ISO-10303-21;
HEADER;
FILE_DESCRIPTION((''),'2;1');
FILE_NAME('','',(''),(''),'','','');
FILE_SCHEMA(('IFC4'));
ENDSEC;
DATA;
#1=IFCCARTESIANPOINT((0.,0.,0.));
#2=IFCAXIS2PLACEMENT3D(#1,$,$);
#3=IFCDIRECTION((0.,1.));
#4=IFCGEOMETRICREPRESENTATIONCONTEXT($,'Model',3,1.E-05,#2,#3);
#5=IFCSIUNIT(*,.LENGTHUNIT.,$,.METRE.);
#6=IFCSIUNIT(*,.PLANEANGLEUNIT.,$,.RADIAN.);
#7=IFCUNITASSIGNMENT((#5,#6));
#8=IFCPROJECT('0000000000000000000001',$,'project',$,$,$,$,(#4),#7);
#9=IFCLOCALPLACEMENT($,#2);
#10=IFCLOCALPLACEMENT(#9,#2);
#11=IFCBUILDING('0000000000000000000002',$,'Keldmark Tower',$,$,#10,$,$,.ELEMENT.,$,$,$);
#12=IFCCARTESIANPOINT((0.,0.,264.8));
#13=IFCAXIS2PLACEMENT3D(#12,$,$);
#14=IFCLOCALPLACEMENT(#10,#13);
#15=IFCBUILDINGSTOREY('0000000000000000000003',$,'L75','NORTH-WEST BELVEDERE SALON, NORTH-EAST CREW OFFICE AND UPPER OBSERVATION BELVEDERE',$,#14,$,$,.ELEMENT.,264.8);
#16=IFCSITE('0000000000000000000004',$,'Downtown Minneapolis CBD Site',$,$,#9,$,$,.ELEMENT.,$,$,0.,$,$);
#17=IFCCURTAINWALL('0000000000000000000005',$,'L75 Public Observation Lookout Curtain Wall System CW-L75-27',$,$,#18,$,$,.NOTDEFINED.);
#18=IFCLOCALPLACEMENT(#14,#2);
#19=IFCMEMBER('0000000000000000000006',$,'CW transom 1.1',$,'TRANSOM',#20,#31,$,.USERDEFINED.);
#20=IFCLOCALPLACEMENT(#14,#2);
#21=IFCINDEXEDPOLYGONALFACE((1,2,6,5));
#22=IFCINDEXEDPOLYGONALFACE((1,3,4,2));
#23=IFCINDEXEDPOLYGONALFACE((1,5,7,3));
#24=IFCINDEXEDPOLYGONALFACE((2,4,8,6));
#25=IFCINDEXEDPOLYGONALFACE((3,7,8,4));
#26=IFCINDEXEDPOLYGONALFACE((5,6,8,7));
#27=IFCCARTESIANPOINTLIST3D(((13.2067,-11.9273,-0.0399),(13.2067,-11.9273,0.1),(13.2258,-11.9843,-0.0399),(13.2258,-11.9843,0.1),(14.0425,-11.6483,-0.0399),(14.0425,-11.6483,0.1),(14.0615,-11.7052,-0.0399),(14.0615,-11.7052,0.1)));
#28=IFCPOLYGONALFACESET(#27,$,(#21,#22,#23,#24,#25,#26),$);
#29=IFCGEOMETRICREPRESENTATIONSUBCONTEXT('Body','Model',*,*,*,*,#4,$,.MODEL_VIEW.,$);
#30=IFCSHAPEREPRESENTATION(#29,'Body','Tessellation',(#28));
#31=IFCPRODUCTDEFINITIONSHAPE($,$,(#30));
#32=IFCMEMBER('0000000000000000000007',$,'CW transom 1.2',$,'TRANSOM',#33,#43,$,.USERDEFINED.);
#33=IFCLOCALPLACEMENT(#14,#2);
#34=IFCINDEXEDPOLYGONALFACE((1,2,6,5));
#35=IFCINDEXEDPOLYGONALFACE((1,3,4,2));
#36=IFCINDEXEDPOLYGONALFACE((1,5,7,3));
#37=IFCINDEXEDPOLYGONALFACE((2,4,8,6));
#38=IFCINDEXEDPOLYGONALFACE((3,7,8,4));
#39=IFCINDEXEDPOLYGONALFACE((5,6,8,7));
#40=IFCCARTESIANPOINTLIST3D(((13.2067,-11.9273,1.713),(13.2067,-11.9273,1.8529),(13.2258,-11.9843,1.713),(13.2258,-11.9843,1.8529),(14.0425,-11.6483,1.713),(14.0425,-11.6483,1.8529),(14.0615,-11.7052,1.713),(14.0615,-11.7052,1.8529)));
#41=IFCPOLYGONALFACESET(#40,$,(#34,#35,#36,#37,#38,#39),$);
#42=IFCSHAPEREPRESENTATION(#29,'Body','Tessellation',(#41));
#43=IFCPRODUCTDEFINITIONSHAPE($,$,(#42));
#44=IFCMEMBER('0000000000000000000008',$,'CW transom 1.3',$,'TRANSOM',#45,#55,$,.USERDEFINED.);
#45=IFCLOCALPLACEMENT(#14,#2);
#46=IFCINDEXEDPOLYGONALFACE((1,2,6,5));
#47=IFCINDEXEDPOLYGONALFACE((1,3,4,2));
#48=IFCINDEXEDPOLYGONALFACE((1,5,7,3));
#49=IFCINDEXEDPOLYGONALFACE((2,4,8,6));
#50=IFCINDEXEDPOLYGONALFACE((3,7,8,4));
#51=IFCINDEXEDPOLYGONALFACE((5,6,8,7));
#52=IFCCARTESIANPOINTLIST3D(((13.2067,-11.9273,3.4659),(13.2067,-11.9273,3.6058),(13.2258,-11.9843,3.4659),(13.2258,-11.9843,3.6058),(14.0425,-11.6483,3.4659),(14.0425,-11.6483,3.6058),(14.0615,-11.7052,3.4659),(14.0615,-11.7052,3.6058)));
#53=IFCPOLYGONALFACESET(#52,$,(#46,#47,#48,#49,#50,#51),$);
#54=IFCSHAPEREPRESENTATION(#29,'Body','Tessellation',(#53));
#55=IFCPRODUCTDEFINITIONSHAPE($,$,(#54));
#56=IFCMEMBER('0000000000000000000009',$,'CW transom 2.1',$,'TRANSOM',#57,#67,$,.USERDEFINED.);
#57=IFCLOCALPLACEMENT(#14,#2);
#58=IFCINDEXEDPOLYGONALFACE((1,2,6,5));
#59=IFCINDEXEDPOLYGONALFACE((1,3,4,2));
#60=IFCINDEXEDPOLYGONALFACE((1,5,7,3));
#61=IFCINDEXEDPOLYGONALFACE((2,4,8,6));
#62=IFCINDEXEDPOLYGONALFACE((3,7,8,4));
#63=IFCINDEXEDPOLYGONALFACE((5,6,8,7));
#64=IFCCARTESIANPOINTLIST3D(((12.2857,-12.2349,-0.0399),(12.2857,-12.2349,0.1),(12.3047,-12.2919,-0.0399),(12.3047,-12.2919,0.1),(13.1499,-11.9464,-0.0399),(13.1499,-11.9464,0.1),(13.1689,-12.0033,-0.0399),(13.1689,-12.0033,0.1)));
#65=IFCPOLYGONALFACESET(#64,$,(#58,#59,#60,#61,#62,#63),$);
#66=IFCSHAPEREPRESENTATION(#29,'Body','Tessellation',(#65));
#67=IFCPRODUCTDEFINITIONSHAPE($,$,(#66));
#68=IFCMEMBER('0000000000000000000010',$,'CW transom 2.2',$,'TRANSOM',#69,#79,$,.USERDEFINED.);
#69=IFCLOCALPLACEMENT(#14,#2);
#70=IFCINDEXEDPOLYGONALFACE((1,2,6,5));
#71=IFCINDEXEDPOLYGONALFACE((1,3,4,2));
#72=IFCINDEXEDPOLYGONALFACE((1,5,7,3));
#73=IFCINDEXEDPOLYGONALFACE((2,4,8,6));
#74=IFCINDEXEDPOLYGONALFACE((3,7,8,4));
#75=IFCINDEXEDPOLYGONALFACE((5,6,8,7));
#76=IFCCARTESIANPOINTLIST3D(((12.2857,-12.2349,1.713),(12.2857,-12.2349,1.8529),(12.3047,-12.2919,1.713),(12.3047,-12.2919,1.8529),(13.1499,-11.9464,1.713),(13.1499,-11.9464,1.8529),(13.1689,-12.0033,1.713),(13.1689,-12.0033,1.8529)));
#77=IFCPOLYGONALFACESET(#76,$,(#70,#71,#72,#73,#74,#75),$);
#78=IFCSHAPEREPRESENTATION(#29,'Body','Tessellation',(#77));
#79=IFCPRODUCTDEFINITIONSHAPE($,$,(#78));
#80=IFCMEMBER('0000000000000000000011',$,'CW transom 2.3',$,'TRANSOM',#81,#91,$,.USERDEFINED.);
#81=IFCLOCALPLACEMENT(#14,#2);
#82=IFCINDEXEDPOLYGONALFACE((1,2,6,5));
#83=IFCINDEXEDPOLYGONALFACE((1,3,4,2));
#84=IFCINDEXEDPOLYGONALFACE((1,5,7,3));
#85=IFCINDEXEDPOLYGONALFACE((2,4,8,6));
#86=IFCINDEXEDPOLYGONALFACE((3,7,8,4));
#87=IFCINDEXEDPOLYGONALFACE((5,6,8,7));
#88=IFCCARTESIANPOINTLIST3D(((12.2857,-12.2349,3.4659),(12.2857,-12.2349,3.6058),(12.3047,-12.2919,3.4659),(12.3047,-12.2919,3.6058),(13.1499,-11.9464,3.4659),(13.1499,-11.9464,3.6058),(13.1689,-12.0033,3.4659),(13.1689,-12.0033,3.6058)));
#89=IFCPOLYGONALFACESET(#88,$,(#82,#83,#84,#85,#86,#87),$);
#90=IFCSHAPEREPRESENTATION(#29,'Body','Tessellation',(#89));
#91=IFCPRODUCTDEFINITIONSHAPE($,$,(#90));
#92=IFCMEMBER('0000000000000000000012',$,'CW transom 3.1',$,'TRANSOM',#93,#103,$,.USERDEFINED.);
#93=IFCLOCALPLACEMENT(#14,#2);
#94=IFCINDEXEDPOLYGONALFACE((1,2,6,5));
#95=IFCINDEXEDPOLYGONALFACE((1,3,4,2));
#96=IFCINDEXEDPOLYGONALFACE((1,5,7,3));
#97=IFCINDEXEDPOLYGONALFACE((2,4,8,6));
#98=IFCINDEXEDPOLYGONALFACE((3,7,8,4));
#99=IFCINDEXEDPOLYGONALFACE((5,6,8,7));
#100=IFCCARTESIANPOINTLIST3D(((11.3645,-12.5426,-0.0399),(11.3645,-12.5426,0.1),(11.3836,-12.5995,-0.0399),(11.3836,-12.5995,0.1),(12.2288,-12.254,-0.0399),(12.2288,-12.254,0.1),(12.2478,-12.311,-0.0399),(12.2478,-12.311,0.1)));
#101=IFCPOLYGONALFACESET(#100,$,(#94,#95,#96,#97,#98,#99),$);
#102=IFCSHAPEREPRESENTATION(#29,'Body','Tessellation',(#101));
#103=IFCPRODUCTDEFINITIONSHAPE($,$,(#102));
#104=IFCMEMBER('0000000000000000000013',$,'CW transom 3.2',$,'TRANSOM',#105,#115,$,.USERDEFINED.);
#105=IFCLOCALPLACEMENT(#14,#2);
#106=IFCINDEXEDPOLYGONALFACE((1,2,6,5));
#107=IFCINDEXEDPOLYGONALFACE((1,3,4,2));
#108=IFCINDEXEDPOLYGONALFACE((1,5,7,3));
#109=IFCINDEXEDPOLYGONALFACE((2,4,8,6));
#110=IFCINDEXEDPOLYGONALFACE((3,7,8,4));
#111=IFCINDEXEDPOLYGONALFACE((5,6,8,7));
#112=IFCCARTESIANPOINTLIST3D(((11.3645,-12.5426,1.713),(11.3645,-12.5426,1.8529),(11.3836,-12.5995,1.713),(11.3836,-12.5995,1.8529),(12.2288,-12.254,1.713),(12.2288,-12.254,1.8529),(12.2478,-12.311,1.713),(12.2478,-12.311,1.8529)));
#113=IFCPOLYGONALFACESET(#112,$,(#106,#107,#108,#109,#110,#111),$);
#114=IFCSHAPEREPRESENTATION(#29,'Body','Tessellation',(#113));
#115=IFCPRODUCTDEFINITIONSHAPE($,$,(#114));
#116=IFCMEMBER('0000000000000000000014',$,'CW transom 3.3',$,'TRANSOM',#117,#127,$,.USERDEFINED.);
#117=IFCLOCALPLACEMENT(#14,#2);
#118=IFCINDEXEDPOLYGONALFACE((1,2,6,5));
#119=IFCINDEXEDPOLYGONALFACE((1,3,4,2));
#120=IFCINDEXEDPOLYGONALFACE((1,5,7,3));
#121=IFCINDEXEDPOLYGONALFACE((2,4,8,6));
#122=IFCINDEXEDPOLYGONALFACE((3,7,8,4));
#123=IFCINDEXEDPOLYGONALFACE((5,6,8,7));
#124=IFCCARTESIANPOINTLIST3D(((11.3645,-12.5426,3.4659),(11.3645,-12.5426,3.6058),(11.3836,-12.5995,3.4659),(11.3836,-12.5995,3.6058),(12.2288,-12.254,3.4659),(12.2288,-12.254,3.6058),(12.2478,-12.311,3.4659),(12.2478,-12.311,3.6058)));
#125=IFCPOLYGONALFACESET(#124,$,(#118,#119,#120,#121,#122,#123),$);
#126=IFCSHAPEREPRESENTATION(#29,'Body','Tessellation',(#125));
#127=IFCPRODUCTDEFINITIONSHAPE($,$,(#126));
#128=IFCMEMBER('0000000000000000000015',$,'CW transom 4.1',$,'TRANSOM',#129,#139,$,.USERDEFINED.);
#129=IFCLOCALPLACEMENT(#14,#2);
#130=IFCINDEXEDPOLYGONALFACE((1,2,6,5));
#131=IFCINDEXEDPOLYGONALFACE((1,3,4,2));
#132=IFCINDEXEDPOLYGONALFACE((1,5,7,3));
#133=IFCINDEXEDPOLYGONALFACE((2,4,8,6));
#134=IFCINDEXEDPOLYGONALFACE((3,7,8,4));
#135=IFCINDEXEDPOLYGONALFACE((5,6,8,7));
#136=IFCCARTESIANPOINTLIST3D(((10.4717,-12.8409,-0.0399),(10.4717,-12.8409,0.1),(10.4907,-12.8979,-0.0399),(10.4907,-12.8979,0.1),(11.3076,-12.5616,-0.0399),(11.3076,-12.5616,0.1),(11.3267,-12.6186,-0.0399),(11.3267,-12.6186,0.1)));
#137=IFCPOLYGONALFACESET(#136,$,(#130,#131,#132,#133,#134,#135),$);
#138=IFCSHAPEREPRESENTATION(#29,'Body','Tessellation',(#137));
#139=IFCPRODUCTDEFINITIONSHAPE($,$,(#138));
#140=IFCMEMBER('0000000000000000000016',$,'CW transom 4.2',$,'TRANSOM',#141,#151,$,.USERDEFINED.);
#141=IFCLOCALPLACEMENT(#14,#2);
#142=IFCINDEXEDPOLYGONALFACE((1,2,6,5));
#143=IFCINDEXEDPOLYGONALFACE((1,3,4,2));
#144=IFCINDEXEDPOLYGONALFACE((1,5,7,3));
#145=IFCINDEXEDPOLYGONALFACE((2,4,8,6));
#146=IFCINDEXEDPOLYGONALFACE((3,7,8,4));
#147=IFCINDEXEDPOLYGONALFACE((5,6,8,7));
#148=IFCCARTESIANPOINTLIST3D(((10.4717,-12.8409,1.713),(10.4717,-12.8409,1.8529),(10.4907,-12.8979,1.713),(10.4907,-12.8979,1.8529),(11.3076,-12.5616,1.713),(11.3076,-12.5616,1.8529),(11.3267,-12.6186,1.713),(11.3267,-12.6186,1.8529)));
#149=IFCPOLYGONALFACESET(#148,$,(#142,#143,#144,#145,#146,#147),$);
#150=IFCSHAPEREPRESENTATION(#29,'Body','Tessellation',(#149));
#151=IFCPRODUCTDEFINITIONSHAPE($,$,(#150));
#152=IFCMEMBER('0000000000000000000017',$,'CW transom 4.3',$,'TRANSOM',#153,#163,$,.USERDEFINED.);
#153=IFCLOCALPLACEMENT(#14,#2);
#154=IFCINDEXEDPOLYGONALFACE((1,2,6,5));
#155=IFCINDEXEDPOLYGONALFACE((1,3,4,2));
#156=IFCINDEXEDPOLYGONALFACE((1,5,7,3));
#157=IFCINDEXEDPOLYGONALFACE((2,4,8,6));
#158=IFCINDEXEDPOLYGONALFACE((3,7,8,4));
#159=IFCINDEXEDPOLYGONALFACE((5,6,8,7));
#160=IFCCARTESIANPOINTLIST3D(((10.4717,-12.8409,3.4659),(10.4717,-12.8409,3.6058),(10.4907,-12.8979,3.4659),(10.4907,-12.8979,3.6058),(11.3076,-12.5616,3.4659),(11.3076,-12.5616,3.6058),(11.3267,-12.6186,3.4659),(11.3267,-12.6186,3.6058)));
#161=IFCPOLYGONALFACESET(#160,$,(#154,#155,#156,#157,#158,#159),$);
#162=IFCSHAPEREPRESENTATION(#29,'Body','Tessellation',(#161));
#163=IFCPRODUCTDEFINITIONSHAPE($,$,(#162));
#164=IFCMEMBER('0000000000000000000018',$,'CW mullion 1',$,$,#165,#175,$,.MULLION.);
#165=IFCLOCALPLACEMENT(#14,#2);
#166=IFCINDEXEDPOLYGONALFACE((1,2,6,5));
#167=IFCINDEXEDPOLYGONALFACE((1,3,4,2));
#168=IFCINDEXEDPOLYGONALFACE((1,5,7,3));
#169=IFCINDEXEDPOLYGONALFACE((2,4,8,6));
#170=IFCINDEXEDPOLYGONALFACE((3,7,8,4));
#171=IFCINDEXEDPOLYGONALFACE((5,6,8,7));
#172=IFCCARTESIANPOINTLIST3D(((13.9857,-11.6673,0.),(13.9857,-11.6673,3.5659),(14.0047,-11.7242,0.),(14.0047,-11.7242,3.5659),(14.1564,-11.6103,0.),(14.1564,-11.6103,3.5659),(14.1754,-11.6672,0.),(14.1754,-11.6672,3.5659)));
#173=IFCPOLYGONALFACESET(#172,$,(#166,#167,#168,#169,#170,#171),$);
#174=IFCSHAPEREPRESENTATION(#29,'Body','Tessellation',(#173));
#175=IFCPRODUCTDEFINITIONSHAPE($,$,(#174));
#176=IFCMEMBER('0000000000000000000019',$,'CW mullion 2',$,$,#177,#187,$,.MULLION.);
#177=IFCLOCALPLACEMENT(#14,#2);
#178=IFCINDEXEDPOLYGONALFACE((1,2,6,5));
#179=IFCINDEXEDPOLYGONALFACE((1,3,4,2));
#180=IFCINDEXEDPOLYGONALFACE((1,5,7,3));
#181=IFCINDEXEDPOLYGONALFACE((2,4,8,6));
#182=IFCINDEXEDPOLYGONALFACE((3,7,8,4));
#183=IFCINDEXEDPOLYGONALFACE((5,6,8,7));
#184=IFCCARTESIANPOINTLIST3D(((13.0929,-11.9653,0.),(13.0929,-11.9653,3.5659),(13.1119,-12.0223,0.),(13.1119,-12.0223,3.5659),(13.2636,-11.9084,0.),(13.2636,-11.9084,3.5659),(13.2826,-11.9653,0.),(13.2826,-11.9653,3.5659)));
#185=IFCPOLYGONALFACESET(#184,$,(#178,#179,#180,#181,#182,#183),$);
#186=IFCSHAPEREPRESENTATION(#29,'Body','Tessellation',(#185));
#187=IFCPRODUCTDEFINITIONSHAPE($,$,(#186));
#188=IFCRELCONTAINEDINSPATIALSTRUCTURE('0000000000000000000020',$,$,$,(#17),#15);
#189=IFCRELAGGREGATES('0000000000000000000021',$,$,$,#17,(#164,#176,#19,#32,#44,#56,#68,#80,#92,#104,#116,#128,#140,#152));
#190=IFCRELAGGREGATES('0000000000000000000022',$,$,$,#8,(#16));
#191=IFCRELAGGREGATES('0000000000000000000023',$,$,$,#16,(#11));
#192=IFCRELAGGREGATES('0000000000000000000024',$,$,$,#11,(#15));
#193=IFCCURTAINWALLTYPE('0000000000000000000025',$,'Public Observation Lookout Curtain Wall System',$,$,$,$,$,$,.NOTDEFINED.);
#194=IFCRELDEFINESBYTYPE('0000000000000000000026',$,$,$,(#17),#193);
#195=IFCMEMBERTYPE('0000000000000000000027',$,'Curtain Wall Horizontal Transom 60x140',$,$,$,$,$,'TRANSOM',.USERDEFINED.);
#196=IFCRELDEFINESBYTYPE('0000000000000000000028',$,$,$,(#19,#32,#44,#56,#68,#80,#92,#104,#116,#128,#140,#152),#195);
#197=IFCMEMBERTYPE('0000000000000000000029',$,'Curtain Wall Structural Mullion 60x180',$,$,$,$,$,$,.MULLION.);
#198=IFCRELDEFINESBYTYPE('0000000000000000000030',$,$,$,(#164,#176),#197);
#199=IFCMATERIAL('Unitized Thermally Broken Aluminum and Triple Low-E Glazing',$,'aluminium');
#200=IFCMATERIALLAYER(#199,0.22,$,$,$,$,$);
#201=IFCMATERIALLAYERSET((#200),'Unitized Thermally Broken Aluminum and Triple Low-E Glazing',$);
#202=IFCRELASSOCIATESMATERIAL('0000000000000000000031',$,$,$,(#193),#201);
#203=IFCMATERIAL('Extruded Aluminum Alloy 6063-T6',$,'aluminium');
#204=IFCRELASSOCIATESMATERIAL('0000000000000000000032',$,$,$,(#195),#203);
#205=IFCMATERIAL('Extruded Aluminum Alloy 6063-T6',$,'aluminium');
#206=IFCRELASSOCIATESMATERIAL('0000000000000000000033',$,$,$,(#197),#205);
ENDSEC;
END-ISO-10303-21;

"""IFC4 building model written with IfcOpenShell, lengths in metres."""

from ifc_helpers import new_model, si_unit, direction, frame, origin, origin_2d, place, context, subcontext, project, spatial, rectangle, extrude, material, layer, layer_set, material_profile, profile_set, type_object, element, aggregate, save


model = new_model("IFC4")

# Units and contexts
model_context = context("Model", 3, precision=1e-05, world=origin(), true_north=direction((0.0, 1.0)))
body_context = subcontext(model_context, "Body", "Model", "MODEL_VIEW")
ifc_project = project(units=[si_unit("LENGTHUNIT", "METRE"), si_unit("PLANEANGLEUNIT", "RADIAN")], contexts=[model_context])

# Site, building, storey
site_placement = place(None, origin())
site = spatial("IfcSite", under=ifc_project, at=site_placement, Name="Downtown Minneapolis CBD Site", CompositionType="ELEMENT", RefElevation=0.0)
building_placement = place(site_placement, origin())
building = spatial("IfcBuilding", under=site, at=building_placement, Name="Keldmark Tower", CompositionType="ELEMENT")
storey_placement = place(building_placement, frame((0.0, 0.0, 264.8)))
storey = spatial("IfcBuildingStorey", under=building, at=storey_placement, Name="L75", Description="NORTH-WEST BELVEDERE SALON, NORTH-EAST CREW OFFICE AND UPPER OBSERVATION BELVEDERE", CompositionType="ELEMENT", Elevation=264.8)

# Curtain wall, members
ifc_material_1 = material(Name="Unitized Thermally Broken Aluminum and Triple Low-E Glazing", Category="aluminium")
ifc_layer_1 = layer(ifc_material_1, 0.22)
ifc_layer_set_1 = layer_set([ifc_layer_1], Name="Unitized Thermally Broken Aluminum and Triple Low-E Glazing")
curtain_wall_type = type_object("IfcCurtainWallType", Name="Public Observation Lookout Curtain Wall System", PredefinedType="NOTDEFINED", material=ifc_layer_set_1)
curtain_wall_placement = place(storey_placement, origin())
curtain_wall = element("IfcCurtainWall", 1, at=curtain_wall_placement, inside=storey, type_object=curtain_wall_type, Name="L75 Public Observation Lookout Curtain Wall System CW-L75-27", PredefinedType="NOTDEFINED")
ifc_material_2 = material(Name="Extruded Aluminum Alloy 6063-T6", Category="aluminium")
ifc_material_profile_1 = material_profile(ifc_material_2, rectangle(XDim=0.0601, YDim=0.1399, at=origin_2d()), Name="CWT60X140")
ifc_profile_set_1 = profile_set([ifc_material_profile_1], Name="Extruded Aluminum Alloy 6063-T6")
member_type_1 = type_object("IfcMemberType", Name="Curtain Wall Horizontal Transom 60x140", ElementType="TRANSOM", PredefinedType="USERDEFINED", material=ifc_profile_set_1)
member_1_placement = place(storey_placement, frame((14.052, -11.6768, 0.03), z_axis=(-0.948517, -0.316727, 0.0), x_axis=(0.316727, -0.948517, 0.0)))
member_1 = element("IfcMember", 2, at=member_1_placement, type_object=member_type_1, Name="CW transom 1.1", ObjectType="TRANSOM", PredefinedType="USERDEFINED", context=body_context, shape_type="SweptSolid", body=[
    extrude(rectangle(XDim=0.0601, YDim=0.1399, at=origin_2d()), origin(), (0.0, 0.0, 1.0), 0.8811),
])
member_2_placement = place(storey_placement, frame((14.052, -11.6768, 1.783), z_axis=(-0.948517, -0.316727, 0.0), x_axis=(0.316727, -0.948517, 0.0)))
member_2 = element("IfcMember", 3, at=member_2_placement, type_object=member_type_1, Name="CW transom 1.2", ObjectType="TRANSOM", PredefinedType="USERDEFINED", context=body_context, shape_type="SweptSolid", body=[
    extrude(rectangle(XDim=0.0601, YDim=0.1399, at=origin_2d()), origin(), (0.0, 0.0, 1.0), 0.8811),
])
member_3_placement = place(storey_placement, frame((14.052, -11.6768, 3.5359), z_axis=(-0.948517, -0.316727, 0.0), x_axis=(0.316727, -0.948517, 0.0)))
member_3 = element("IfcMember", 4, at=member_3_placement, type_object=member_type_1, Name="CW transom 1.3", ObjectType="TRANSOM", PredefinedType="USERDEFINED", context=body_context, shape_type="SweptSolid", body=[
    extrude(rectangle(XDim=0.0601, YDim=0.1399, at=origin_2d()), origin(), (0.0, 0.0, 1.0), 0.8811),
])
member_4_placement = place(storey_placement, frame((13.1594, -11.9749, 0.03), z_axis=(-0.948522, -0.31671, 0.0), x_axis=(0.31671, -0.948522, 0.0)))
member_4 = element("IfcMember", 5, at=member_4_placement, type_object=member_type_1, Name="CW transom 2.1", ObjectType="TRANSOM", PredefinedType="USERDEFINED", context=body_context, shape_type="SweptSolid", body=[
    extrude(rectangle(XDim=0.0601, YDim=0.1399, at=origin_2d()), origin(), (0.0, 0.0, 1.0), 0.9111),
])
member_5_placement = place(storey_placement, frame((13.1594, -11.9749, 1.783), z_axis=(-0.948522, -0.31671, 0.0), x_axis=(0.31671, -0.948522, 0.0)))
member_5 = element("IfcMember", 6, at=member_5_placement, type_object=member_type_1, Name="CW transom 2.2", ObjectType="TRANSOM", PredefinedType="USERDEFINED", context=body_context, shape_type="SweptSolid", body=[
    extrude(rectangle(XDim=0.0601, YDim=0.1399, at=origin_2d()), origin(), (0.0, 0.0, 1.0), 0.9111),
])
member_6_placement = place(storey_placement, frame((13.1594, -11.9749, 3.5359), z_axis=(-0.948522, -0.31671, 0.0), x_axis=(0.31671, -0.948522, 0.0)))
member_6 = element("IfcMember", 7, at=member_6_placement, type_object=member_type_1, Name="CW transom 2.3", ObjectType="TRANSOM", PredefinedType="USERDEFINED", context=body_context, shape_type="SweptSolid", body=[
    extrude(rectangle(XDim=0.0601, YDim=0.1399, at=origin_2d()), origin(), (0.0, 0.0, 1.0), 0.9111),
])
member_7_placement = place(storey_placement, frame((12.2383, -12.2825, 0.03), z_axis=(-0.948522, -0.31671, 0.0), x_axis=(0.31671, -0.948522, 0.0)))
member_7 = element("IfcMember", 8, at=member_7_placement, type_object=member_type_1, Name="CW transom 3.1", ObjectType="TRANSOM", PredefinedType="USERDEFINED", context=body_context, shape_type="SweptSolid", body=[
    extrude(rectangle(XDim=0.0601, YDim=0.1399, at=origin_2d()), origin(), (0.0, 0.0, 1.0), 0.9111),
])
member_8_placement = place(storey_placement, frame((12.2383, -12.2825, 1.783), z_axis=(-0.948522, -0.31671, 0.0), x_axis=(0.31671, -0.948522, 0.0)))
member_8 = element("IfcMember", 9, at=member_8_placement, type_object=member_type_1, Name="CW transom 3.2", ObjectType="TRANSOM", PredefinedType="USERDEFINED", context=body_context, shape_type="SweptSolid", body=[
    extrude(rectangle(XDim=0.0601, YDim=0.1399, at=origin_2d()), origin(), (0.0, 0.0, 1.0), 0.9111),
])
member_9_placement = place(storey_placement, frame((12.2383, -12.2825, 3.5359), z_axis=(-0.948522, -0.31671, 0.0), x_axis=(0.31671, -0.948522, 0.0)))
member_9 = element("IfcMember", 10, at=member_9_placement, type_object=member_type_1, Name="CW transom 3.3", ObjectType="TRANSOM", PredefinedType="USERDEFINED", context=body_context, shape_type="SweptSolid", body=[
    extrude(rectangle(XDim=0.0601, YDim=0.1399, at=origin_2d()), origin(), (0.0, 0.0, 1.0), 0.9111),
])
member_10_placement = place(storey_placement, frame((11.3171, -12.5901, 0.03), z_axis=(-0.948461, -0.316892, 0.0), x_axis=(0.316892, -0.948461, 0.0)))
member_10 = element("IfcMember", 11, at=member_10_placement, type_object=member_type_1, Name="CW transom 4.1", ObjectType="TRANSOM", PredefinedType="USERDEFINED", context=body_context, shape_type="SweptSolid", body=[
    extrude(rectangle(XDim=0.0601, YDim=0.1399, at=origin_2d()), origin(), (0.0, 0.0, 1.0), 0.8813),
])
member_11_placement = place(storey_placement, frame((11.3171, -12.5901, 1.783), z_axis=(-0.948461, -0.316892, 0.0), x_axis=(0.316892, -0.948461, 0.0)))
member_11 = element("IfcMember", 12, at=member_11_placement, type_object=member_type_1, Name="CW transom 4.2", ObjectType="TRANSOM", PredefinedType="USERDEFINED", context=body_context, shape_type="SweptSolid", body=[
    extrude(rectangle(XDim=0.0601, YDim=0.1399, at=origin_2d()), origin(), (0.0, 0.0, 1.0), 0.8813),
])
member_12_placement = place(storey_placement, frame((11.3171, -12.5901, 3.5359), z_axis=(-0.948461, -0.316892, 0.0), x_axis=(0.316892, -0.948461, 0.0)))
member_12 = element("IfcMember", 13, at=member_12_placement, type_object=member_type_1, Name="CW transom 4.3", ObjectType="TRANSOM", PredefinedType="USERDEFINED", context=body_context, shape_type="SweptSolid", body=[
    extrude(rectangle(XDim=0.0601, YDim=0.1399, at=origin_2d()), origin(), (0.0, 0.0, 1.0), 0.8813),
])
ifc_material_3 = material(Name="Extruded Aluminum Alloy 6063-T6", Category="aluminium")
ifc_material_profile_2 = material_profile(ifc_material_3, rectangle(XDim=0.0601, YDim=0.1799, at=origin_2d()), Name="CWM60X180")
ifc_profile_set_2 = profile_set([ifc_material_profile_2], Name="Extruded Aluminum Alloy 6063-T6")
member_type_2 = type_object("IfcMemberType", Name="Curtain Wall Structural Mullion 60x180", PredefinedType="MULLION", material=ifc_profile_set_2)
member_13_placement = place(storey_placement, frame((14.0806, -11.6672, 0.0), z_axis=(0.0, 0.0, 1.0), x_axis=(0.316776, -0.9485, 0.0)))
member_13 = element("IfcMember", 14, at=member_13_placement, type_object=member_type_2, Name="CW mullion 1", PredefinedType="MULLION", context=body_context, shape_type="SweptSolid", body=[
    extrude(rectangle(XDim=0.0601, YDim=0.1799, at=origin_2d()), origin(), (0.0, 0.0, 1.0), 3.5659),
])
member_14_placement = place(storey_placement, frame((13.1877, -11.9653, 0.0), z_axis=(0.0, 0.0, 1.0), x_axis=(0.316776, -0.9485, 0.0)))
member_14 = element("IfcMember", 15, at=member_14_placement, type_object=member_type_2, Name="CW mullion 2", PredefinedType="MULLION", context=body_context, shape_type="SweptSolid", body=[
    extrude(rectangle(XDim=0.0601, YDim=0.1799, at=origin_2d()), origin(), (0.0, 0.0, 1.0), 3.5659),
])

aggregate(curtain_wall, [member_13, member_14, member_1, member_2, member_3, member_4, member_5, member_6, member_7, member_8, member_9, member_10, member_11, member_12])

save(model, "model.ifc")
